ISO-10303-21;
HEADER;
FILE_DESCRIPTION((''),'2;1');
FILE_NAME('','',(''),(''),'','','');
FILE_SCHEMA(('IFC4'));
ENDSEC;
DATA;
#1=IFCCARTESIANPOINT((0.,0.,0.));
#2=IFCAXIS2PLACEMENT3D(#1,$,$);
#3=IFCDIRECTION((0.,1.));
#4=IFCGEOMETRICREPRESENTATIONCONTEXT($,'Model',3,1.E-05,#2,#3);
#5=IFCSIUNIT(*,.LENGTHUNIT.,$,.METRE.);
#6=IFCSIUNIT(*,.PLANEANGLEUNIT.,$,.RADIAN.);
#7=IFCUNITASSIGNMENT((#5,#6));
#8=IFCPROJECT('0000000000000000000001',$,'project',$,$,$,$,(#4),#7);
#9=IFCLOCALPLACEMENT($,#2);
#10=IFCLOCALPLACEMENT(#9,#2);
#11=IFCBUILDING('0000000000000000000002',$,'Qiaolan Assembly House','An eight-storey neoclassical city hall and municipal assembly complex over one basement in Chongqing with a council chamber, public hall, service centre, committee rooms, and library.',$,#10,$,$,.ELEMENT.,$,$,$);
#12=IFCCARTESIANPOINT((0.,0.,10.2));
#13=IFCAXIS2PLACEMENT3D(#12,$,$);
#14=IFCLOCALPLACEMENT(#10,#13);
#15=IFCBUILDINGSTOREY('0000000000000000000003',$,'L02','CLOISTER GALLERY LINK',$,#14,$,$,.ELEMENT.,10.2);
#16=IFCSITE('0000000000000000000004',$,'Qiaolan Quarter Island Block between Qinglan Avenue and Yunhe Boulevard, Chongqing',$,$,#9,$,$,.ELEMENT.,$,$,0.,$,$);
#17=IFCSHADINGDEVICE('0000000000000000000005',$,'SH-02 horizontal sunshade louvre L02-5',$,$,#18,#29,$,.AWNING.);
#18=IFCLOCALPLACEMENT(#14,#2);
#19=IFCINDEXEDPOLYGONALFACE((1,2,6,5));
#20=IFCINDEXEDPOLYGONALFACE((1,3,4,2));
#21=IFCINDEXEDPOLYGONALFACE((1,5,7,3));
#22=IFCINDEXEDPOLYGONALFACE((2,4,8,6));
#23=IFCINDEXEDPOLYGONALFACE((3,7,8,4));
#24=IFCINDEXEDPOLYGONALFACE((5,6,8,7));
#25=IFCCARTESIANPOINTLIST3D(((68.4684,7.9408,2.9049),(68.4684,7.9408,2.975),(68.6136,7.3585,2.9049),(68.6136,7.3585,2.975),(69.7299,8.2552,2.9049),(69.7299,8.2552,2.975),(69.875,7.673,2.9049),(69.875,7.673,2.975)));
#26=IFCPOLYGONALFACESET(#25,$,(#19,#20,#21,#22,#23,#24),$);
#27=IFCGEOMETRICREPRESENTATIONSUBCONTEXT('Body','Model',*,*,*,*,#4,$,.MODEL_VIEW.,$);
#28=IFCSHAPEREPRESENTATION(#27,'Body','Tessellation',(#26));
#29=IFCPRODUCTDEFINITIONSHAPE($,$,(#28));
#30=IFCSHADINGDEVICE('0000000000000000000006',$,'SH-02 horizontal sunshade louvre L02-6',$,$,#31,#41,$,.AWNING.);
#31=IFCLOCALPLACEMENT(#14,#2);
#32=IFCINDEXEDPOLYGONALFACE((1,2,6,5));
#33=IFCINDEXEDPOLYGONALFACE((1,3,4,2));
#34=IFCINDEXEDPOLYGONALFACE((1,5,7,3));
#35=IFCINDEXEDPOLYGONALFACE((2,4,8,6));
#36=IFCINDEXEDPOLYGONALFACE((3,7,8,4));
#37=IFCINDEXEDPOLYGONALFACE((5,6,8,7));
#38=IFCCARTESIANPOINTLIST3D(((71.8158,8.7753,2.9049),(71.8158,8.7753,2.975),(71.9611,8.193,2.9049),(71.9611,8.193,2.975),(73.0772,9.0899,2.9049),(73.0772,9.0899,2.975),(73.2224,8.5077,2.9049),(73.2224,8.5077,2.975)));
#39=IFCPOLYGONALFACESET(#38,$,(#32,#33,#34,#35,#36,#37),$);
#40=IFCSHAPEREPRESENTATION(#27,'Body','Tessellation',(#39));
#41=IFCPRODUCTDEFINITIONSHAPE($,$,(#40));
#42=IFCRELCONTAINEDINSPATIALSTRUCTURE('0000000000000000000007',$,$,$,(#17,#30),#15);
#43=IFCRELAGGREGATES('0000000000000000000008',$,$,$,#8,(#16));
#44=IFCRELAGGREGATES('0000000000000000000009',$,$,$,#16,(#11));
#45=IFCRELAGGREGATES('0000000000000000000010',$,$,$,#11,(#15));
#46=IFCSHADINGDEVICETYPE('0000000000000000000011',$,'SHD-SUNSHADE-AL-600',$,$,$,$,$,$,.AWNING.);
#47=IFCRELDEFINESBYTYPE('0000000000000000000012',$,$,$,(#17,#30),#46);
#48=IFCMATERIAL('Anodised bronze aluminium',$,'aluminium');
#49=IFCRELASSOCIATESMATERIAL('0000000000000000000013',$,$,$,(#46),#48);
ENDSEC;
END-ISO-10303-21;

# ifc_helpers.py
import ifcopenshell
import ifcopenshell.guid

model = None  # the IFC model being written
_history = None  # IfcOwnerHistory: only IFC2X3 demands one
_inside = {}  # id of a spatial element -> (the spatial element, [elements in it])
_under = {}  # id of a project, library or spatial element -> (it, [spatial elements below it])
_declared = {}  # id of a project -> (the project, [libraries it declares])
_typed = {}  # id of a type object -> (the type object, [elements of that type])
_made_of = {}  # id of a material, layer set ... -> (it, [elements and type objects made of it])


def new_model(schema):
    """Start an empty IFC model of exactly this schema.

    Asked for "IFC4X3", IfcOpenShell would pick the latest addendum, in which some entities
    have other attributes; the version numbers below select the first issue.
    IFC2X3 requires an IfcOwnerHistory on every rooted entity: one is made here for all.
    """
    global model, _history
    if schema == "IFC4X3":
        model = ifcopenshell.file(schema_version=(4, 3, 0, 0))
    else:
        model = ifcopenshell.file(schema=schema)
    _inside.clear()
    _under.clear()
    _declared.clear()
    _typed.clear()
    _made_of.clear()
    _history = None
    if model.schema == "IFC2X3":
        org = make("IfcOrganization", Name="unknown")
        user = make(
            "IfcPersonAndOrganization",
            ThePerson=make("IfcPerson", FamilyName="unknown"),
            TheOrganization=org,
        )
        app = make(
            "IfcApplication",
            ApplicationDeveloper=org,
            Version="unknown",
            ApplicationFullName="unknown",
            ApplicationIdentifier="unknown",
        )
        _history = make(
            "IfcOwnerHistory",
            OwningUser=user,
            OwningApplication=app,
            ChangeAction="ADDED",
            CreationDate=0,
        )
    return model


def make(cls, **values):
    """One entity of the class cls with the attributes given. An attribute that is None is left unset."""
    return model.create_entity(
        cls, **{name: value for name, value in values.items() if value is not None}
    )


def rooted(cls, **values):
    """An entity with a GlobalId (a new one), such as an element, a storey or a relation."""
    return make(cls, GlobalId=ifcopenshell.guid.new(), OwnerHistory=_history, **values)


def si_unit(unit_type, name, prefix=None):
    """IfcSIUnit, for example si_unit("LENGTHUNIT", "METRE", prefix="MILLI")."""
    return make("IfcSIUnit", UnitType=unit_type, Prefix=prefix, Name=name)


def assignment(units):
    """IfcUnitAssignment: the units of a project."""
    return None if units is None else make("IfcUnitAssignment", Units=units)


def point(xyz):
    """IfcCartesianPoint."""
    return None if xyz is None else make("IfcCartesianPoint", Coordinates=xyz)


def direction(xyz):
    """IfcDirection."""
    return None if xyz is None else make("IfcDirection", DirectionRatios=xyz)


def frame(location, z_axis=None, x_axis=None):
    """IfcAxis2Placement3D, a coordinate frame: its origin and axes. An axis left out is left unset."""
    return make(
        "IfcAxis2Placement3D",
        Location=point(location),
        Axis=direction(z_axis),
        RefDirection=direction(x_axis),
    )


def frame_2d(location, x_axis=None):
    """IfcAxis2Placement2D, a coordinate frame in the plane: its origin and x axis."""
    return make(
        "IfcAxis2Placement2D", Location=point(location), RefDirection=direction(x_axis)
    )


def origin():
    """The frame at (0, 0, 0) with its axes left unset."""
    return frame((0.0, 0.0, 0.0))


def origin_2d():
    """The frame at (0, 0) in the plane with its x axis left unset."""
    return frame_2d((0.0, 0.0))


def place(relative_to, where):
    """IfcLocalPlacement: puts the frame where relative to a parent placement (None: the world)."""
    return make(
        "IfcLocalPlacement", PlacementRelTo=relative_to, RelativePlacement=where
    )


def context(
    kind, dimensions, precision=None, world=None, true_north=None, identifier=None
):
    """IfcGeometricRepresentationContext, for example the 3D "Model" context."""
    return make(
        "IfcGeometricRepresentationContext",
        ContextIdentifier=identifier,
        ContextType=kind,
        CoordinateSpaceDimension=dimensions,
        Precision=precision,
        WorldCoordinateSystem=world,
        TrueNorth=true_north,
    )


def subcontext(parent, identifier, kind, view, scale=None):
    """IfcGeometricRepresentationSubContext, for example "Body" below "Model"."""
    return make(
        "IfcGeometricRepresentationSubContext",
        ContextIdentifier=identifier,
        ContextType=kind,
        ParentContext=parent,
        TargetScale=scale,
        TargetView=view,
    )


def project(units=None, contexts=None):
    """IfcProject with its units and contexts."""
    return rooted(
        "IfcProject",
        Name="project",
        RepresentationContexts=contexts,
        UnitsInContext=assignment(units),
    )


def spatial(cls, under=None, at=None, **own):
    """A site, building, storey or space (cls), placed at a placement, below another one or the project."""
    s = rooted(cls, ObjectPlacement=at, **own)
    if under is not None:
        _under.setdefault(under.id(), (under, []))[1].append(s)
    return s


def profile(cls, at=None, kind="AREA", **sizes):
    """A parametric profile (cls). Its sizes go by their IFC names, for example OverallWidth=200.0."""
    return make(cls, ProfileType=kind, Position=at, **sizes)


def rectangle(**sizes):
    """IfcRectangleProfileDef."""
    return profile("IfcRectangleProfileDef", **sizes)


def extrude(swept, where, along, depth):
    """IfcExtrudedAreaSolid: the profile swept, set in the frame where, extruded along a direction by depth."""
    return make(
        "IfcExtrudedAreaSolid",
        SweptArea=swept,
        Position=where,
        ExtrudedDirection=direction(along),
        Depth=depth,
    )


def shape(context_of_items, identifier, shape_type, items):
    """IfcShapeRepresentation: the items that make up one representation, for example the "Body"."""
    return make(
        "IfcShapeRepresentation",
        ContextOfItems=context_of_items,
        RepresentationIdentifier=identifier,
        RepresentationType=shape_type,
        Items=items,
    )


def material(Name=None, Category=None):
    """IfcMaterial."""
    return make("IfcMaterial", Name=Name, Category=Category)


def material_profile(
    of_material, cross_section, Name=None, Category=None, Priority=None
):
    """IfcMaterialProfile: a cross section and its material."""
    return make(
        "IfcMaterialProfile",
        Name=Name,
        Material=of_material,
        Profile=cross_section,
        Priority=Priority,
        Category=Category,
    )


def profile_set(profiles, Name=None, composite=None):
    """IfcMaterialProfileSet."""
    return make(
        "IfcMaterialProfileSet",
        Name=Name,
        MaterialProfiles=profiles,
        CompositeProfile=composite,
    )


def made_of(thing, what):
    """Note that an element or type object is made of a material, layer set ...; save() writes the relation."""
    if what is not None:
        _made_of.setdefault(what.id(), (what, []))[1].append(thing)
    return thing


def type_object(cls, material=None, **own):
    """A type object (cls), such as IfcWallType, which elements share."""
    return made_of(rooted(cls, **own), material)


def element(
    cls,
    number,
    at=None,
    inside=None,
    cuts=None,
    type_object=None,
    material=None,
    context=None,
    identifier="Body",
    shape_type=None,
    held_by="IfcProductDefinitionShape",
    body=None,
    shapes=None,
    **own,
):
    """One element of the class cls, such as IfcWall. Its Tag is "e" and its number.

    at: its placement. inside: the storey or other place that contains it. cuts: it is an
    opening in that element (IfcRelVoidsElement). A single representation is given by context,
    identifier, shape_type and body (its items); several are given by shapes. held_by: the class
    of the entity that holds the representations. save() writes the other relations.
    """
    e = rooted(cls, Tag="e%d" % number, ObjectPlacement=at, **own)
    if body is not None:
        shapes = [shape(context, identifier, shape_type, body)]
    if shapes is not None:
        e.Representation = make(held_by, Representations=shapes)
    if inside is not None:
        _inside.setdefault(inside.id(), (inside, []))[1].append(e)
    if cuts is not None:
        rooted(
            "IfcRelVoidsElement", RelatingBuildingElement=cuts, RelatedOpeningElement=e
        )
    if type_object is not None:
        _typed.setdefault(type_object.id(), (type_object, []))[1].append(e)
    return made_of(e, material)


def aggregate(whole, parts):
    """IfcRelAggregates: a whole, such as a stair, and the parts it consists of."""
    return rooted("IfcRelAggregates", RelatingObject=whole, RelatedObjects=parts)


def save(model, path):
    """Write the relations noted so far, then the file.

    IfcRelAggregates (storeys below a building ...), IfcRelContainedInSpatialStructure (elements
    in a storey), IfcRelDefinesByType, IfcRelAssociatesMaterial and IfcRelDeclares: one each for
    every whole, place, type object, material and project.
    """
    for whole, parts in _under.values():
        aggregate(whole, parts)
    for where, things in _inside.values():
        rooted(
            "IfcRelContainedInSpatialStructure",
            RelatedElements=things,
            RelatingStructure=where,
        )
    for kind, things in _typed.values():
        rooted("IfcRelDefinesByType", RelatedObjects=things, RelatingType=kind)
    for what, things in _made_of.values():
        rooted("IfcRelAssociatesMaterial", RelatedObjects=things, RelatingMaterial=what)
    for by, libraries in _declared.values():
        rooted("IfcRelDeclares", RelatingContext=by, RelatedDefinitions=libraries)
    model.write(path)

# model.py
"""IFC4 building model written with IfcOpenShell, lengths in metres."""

from ifc_helpers import new_model, si_unit, direction, frame, origin, origin_2d, place, context, subcontext, project, spatial, rectangle, extrude, material, material_profile, profile_set, type_object, element, save


model = new_model("IFC4")

# Units and contexts
model_context = context("Model", 3, precision=1e-05, world=origin(), true_north=direction((0.0, 1.0)))
body_context = subcontext(model_context, "Body", "Model", "MODEL_VIEW")
ifc_project = project(units=[si_unit("LENGTHUNIT", "METRE"), si_unit("PLANEANGLEUNIT", "RADIAN")], contexts=[model_context])

# Site, building, storey
site_placement = place(None, origin())
site = spatial("IfcSite", under=ifc_project, at=site_placement, Name="Qiaolan Quarter Island Block between Qinglan Avenue and Yunhe Boulevard, Chongqing", CompositionType="ELEMENT", RefElevation=0.0)
building_placement = place(site_placement, origin())
building = spatial("IfcBuilding", under=site, at=building_placement, Name="Qiaolan Assembly House", Description="An eight-storey neoclassical city hall and municipal assembly complex over one basement in Chongqing with a council chamber, public hall, service centre, committee rooms, and library.", CompositionType="ELEMENT")
storey_placement = place(building_placement, frame((0.0, 0.0, 10.2)))
storey = spatial("IfcBuildingStorey", under=building, at=storey_placement, Name="L02", Description="CLOISTER GALLERY LINK", CompositionType="ELEMENT", Elevation=10.2)

# Shading devices
ifc_material_1 = material(Name="Anodised bronze aluminium", Category="aluminium")
ifc_material_profile_1 = material_profile(ifc_material_1, rectangle(XDim=0.6001, YDim=0.0701, at=origin_2d()), Name="SHD 600x70")
ifc_profile_set_1 = profile_set([ifc_material_profile_1], Name="Anodised bronze aluminium")
shading_device_type = type_object("IfcShadingDeviceType", Name="SHD-SUNSHADE-AL-600", PredefinedType="AWNING", material=ifc_profile_set_1)
for number, where, z_axis, x_axis, name in (
    (1, (68.541, 7.6497, 2.9399), (0.970308, 0.241873, 0.0), (-0.241873, 0.970308, 0.0), "SH-02 horizontal sunshade louvre L02-5"),
    (2, (71.8884, 8.4841, 2.9399), (0.970264, 0.24205, 0.0), (-0.24205, 0.970264, 0.0), "SH-02 horizontal sunshade louvre L02-6"),
):
    element("IfcShadingDevice", number, at=place(storey_placement, frame(where, z_axis=z_axis, x_axis=x_axis)), inside=storey, type_object=shading_device_type, Name=name, PredefinedType="AWNING", context=body_context, shape_type="SweptSolid", body=[
        extrude(rectangle(XDim=0.6001, YDim=0.0701, at=origin_2d()), origin(), (0.0, 0.0, 1.0), 1.3),
    ])

save(model, "model.ifc")
